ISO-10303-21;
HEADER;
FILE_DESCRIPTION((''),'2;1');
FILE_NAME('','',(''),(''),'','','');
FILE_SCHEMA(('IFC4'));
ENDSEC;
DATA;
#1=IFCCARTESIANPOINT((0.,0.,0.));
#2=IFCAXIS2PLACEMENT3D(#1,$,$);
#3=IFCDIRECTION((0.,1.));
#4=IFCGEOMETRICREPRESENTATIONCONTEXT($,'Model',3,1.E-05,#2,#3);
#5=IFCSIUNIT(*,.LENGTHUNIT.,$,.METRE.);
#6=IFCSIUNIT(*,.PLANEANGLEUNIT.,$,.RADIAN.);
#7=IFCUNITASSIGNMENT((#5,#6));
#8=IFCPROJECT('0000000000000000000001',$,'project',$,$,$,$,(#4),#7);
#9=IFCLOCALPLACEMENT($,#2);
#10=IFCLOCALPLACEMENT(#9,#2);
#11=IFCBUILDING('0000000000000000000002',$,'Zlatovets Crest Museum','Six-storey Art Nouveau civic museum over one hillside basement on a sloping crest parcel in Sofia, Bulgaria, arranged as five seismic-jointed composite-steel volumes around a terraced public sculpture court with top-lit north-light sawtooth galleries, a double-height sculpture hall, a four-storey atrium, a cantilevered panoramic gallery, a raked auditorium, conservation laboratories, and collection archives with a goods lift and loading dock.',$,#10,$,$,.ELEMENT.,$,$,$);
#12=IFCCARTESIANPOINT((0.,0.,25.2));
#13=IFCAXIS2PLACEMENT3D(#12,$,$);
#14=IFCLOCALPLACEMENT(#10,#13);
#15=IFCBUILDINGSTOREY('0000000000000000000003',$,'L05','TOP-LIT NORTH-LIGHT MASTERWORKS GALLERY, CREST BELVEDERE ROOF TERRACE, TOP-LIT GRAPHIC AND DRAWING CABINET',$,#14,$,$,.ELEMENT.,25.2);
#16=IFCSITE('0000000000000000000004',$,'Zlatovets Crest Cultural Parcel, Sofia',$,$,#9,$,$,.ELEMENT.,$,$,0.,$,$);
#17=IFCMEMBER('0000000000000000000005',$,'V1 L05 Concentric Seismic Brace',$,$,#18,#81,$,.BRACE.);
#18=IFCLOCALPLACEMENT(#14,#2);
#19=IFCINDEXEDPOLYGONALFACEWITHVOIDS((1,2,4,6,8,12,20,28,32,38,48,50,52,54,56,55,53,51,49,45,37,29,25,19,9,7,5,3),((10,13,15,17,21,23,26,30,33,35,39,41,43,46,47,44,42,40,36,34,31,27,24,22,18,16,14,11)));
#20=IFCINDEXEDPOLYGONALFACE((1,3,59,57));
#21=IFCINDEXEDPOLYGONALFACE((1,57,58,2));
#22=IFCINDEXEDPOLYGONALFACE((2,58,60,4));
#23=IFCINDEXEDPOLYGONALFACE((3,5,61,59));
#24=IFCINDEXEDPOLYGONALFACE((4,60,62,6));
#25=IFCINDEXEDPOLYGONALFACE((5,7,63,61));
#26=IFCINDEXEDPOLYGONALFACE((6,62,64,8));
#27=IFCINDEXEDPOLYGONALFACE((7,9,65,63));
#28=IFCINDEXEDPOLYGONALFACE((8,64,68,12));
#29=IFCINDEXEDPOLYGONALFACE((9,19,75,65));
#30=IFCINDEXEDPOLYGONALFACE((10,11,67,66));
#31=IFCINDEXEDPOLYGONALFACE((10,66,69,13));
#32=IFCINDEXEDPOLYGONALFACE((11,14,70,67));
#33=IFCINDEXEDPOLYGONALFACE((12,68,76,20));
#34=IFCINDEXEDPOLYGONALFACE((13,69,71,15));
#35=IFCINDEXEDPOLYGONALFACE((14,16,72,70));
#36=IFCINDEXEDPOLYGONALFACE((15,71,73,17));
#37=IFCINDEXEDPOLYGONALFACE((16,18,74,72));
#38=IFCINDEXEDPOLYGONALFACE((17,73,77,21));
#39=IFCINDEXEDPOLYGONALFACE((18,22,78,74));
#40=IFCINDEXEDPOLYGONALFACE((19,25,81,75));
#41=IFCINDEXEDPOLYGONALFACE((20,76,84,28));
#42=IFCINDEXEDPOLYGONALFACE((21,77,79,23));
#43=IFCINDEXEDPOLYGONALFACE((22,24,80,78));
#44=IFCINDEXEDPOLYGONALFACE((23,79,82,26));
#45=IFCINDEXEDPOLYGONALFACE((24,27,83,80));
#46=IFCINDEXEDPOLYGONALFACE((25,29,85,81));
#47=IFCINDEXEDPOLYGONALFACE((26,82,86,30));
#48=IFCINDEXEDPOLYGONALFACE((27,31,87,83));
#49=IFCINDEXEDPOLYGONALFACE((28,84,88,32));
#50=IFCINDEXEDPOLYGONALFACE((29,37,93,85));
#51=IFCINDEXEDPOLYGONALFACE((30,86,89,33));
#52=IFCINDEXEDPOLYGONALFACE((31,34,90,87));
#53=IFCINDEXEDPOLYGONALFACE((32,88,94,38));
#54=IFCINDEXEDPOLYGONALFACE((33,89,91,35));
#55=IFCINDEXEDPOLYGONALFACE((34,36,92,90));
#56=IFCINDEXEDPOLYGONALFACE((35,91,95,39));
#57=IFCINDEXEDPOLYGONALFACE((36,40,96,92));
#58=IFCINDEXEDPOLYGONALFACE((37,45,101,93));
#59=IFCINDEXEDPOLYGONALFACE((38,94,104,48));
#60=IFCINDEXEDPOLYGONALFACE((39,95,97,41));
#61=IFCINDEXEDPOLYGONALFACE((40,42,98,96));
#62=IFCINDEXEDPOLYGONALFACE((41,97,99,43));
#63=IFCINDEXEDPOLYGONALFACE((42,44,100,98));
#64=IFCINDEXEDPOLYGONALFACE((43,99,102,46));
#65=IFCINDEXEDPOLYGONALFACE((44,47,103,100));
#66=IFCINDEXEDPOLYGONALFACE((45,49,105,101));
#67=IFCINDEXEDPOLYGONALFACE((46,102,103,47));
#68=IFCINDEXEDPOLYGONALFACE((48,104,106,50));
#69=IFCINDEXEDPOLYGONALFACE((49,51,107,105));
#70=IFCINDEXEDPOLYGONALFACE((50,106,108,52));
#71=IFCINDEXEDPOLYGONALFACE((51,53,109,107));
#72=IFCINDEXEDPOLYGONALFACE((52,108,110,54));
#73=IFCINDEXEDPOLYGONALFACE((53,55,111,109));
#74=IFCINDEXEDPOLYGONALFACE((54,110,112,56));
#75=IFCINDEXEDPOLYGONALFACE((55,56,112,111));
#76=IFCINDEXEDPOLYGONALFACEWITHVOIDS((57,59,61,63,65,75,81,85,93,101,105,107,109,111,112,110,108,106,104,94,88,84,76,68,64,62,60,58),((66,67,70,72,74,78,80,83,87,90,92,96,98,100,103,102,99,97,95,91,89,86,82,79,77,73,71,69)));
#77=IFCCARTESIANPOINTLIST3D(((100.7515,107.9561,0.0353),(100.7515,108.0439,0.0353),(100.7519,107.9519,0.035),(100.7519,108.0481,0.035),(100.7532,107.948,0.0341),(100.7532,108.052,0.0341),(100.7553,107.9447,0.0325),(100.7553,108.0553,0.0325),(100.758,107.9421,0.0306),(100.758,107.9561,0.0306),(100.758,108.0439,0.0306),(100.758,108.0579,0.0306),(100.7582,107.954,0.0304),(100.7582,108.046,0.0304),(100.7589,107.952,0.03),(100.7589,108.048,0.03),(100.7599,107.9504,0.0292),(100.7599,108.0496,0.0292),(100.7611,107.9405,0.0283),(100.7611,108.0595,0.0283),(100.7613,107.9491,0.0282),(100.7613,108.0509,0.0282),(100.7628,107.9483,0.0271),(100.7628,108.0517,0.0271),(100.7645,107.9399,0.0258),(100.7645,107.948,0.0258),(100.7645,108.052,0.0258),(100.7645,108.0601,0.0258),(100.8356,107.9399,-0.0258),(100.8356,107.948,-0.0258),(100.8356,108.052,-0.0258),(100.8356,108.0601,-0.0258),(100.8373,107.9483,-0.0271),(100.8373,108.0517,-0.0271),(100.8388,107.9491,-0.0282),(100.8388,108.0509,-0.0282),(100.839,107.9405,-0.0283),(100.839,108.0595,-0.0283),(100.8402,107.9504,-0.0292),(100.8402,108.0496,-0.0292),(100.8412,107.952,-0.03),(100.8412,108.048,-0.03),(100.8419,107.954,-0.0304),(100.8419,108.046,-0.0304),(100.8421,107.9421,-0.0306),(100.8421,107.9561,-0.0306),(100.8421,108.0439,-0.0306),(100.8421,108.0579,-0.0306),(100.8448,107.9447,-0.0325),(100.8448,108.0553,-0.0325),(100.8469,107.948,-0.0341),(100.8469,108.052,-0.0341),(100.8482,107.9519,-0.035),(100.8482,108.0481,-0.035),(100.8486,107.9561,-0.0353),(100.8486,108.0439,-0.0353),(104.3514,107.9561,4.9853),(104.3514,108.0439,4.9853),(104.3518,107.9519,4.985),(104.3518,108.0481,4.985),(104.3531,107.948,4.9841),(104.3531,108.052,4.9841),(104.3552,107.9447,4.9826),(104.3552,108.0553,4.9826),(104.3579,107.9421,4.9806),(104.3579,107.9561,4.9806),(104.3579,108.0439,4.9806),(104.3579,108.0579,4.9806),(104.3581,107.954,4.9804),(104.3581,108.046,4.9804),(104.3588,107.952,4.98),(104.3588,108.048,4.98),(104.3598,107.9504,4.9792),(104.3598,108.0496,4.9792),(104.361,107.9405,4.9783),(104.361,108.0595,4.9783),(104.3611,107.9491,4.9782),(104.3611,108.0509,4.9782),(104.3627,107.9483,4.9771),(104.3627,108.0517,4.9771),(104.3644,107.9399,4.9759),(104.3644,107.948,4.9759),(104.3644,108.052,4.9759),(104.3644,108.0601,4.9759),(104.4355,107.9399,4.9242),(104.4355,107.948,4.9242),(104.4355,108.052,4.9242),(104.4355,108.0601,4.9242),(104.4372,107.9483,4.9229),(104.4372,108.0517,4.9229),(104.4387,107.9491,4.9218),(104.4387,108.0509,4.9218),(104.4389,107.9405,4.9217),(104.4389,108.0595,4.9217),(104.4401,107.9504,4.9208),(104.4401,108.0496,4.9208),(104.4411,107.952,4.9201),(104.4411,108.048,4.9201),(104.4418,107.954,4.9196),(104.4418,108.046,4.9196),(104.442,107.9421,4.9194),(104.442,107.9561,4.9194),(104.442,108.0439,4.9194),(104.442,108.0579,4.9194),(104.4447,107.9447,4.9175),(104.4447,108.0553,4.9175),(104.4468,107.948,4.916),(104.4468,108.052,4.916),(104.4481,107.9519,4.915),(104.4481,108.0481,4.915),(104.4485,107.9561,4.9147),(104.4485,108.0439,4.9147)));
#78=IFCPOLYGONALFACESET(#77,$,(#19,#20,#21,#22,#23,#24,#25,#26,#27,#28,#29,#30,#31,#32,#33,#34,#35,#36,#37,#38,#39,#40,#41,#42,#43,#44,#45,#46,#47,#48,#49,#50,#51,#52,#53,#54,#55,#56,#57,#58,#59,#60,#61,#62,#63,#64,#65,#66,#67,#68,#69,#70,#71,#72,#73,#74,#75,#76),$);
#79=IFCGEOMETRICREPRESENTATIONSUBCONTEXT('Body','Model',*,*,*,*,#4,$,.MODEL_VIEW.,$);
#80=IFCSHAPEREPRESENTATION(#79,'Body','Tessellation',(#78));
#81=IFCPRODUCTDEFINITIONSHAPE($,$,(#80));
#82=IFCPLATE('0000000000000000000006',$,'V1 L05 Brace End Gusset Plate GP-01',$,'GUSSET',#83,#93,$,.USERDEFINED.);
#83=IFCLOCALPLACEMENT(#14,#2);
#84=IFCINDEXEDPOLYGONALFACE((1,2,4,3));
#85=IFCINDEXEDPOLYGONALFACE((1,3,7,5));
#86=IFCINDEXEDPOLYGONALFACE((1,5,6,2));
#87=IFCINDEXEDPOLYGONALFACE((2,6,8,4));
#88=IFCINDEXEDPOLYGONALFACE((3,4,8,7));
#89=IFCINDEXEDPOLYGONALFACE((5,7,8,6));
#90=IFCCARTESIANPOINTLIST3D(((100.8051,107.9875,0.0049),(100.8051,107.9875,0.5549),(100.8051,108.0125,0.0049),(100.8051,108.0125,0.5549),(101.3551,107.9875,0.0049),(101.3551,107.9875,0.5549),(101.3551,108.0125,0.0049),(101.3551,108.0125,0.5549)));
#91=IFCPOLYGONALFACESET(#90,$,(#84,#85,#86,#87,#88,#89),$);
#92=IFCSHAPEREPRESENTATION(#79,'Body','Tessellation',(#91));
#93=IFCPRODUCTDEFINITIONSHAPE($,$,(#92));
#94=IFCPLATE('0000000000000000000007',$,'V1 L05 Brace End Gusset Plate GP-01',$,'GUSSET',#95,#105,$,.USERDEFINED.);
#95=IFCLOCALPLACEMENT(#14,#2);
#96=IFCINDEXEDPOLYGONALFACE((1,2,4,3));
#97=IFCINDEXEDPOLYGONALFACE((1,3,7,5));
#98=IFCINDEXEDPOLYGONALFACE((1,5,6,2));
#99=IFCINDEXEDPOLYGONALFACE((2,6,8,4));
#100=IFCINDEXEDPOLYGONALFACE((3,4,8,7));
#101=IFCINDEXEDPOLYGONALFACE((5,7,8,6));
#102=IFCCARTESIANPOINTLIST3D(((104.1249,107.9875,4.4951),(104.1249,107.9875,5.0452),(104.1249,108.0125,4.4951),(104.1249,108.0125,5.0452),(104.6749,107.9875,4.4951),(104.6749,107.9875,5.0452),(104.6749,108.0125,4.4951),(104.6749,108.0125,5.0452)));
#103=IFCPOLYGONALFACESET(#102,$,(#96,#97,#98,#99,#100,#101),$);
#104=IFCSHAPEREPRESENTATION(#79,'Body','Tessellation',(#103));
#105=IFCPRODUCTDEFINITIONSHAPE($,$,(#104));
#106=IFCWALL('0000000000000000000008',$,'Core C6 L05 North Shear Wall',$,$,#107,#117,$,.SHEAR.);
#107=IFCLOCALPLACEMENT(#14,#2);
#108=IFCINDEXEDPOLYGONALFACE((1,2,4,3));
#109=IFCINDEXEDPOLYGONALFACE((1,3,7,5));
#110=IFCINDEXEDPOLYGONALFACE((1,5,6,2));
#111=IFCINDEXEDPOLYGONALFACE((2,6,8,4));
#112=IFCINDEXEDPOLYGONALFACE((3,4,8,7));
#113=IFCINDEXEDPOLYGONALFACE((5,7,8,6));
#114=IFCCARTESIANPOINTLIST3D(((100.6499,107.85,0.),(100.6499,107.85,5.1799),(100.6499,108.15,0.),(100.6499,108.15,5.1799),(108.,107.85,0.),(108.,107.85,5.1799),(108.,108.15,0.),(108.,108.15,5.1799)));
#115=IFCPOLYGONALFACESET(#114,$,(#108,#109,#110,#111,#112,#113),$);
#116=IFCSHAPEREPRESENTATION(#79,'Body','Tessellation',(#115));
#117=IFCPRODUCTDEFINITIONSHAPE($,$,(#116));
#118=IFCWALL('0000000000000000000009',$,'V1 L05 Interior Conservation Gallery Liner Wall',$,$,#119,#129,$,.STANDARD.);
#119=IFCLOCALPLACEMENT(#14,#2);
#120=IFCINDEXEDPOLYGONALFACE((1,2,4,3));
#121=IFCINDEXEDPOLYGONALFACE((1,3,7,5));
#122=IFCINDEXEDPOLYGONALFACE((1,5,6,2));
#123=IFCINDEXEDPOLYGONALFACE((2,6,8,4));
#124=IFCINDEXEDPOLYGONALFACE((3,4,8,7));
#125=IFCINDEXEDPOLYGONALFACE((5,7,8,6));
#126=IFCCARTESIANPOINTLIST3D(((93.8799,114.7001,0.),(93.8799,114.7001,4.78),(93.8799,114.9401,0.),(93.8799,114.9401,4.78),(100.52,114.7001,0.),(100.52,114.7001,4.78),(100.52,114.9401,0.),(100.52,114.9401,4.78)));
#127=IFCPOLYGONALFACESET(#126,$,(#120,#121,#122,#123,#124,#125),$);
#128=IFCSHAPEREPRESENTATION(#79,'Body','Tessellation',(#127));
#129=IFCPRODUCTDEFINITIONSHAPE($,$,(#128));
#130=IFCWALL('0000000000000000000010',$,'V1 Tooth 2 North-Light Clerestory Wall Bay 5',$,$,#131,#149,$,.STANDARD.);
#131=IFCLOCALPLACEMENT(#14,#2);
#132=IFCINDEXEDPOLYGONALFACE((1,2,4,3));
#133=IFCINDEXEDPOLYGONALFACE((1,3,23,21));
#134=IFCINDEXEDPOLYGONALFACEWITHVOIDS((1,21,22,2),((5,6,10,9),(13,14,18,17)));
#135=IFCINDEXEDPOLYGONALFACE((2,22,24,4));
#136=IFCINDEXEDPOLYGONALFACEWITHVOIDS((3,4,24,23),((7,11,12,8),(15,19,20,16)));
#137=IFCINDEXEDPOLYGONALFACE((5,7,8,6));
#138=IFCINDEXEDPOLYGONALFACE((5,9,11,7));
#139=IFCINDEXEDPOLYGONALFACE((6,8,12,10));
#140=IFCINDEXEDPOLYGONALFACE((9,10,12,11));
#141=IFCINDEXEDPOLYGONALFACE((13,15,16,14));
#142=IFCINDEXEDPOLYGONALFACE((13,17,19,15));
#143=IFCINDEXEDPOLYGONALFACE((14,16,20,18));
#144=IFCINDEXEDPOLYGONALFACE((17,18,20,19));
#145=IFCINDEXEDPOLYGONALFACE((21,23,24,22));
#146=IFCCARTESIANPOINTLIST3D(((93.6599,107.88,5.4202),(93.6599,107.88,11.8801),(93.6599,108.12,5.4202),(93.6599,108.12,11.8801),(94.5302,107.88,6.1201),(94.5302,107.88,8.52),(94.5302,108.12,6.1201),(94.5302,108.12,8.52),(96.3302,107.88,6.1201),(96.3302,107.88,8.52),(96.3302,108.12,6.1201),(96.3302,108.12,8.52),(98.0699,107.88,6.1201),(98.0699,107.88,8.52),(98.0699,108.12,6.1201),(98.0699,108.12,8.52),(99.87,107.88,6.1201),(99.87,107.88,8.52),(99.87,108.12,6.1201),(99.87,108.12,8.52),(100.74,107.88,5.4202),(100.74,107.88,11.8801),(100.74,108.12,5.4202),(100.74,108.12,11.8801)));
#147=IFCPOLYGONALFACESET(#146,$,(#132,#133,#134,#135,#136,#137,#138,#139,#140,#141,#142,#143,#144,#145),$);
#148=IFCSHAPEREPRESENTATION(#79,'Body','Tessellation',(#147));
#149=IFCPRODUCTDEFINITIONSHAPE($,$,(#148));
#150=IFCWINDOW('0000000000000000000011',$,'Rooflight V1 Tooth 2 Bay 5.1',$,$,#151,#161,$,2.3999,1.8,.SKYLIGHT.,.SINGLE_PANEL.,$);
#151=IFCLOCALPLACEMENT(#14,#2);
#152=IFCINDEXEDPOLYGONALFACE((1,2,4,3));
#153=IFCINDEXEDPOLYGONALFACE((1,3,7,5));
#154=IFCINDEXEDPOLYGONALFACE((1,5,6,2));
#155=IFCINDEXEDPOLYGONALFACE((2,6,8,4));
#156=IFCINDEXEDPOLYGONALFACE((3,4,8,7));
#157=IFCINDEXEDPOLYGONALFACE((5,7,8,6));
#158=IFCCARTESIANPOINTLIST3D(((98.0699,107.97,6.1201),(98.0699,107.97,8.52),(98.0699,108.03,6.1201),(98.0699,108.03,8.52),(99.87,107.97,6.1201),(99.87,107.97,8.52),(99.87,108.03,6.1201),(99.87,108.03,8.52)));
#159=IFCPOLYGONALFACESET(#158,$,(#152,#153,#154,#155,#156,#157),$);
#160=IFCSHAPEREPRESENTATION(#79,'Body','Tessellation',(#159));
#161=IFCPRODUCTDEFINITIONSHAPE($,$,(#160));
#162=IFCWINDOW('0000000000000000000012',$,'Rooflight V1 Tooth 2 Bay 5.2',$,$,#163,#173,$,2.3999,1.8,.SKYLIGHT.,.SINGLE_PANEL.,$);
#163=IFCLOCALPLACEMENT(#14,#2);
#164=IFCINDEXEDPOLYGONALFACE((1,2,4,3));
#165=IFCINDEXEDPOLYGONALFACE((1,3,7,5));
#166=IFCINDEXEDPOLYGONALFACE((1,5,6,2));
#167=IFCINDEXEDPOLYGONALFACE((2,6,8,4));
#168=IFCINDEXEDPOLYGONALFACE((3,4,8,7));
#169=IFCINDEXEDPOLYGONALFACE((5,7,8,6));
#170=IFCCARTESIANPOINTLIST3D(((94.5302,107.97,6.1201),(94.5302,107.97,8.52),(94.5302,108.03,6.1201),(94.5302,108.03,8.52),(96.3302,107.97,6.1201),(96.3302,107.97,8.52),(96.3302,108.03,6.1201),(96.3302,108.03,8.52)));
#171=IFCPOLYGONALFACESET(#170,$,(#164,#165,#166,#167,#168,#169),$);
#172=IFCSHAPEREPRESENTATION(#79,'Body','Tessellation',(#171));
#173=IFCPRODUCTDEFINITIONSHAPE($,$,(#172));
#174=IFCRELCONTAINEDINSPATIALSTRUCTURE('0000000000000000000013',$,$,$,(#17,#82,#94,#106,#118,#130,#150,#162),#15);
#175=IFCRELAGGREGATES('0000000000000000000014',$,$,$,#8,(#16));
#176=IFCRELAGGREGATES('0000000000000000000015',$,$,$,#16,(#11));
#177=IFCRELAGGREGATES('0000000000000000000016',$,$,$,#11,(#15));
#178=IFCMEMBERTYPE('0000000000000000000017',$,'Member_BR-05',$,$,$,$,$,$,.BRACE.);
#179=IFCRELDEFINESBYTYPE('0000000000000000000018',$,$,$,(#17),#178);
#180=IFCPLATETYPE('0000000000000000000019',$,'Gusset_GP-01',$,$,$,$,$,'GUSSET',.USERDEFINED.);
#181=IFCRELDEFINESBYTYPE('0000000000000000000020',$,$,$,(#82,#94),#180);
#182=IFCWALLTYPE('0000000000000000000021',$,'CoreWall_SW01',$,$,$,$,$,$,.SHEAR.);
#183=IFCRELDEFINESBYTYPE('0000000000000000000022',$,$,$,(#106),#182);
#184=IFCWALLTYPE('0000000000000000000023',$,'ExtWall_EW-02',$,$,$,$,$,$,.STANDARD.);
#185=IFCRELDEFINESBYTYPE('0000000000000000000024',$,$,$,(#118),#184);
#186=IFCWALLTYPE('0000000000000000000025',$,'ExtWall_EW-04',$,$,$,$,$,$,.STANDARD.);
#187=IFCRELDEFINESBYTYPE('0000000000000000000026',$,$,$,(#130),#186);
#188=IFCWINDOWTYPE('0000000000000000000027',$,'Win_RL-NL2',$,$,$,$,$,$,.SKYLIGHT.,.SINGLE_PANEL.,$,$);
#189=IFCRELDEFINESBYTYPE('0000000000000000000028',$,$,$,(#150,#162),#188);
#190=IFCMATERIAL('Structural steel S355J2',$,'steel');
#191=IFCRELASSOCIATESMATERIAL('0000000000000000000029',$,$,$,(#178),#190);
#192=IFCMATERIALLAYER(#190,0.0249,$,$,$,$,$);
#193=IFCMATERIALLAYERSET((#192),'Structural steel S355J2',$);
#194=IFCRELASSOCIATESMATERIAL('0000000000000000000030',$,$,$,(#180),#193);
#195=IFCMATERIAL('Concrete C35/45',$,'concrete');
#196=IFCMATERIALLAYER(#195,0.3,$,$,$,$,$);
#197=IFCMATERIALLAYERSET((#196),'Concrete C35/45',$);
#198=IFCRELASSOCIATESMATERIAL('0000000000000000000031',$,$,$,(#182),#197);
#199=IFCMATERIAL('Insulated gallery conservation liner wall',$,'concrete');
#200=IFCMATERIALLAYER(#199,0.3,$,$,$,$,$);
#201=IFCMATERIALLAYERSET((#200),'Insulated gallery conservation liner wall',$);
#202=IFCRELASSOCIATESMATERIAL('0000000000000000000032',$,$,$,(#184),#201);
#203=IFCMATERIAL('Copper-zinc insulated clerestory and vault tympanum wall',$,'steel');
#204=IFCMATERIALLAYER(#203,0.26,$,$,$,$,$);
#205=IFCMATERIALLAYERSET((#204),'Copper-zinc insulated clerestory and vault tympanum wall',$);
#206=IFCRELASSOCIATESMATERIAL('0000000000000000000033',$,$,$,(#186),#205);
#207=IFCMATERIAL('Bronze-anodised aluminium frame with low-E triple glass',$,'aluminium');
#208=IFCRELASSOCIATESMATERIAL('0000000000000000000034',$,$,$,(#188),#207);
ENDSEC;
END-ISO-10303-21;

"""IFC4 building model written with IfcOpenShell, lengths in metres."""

from ifc_helpers import new_model, si_unit, direction, frame, frame_2d, origin, origin_2d, place, context, subcontext, project, spatial, rectangle, hollow_rectangle, extrude, material, layer, layer_set, material_profile, profile_set, type_object, element, fill, save


model = new_model("IFC4")

# Units and contexts
model_context = context("Model", 3, precision=1e-05, world=origin(), true_north=direction((0.0, 1.0)))
body_context = subcontext(model_context, "Body", "Model", "MODEL_VIEW")
ifc_project = project(units=[si_unit("LENGTHUNIT", "METRE"), si_unit("PLANEANGLEUNIT", "RADIAN")], contexts=[model_context])

# Site, building, storey
site_placement = place(None, origin())
site = spatial("IfcSite", under=ifc_project, at=site_placement, Name="Zlatovets Crest Cultural Parcel, Sofia", CompositionType="ELEMENT", RefElevation=0.0)
building_placement = place(site_placement, origin())
building = spatial("IfcBuilding", under=site, at=building_placement, Name="Zlatovets Crest Museum", Description="Six-storey Art Nouveau civic museum over one hillside basement on a sloping crest parcel in Sofia, Bulgaria, arranged as five seismic-jointed composite-steel volumes around a terraced public sculpture court with top-lit north-light sawtooth galleries, a double-height sculpture hall, a four-storey atrium, a cantilevered panoramic gallery, a raked auditorium, conservation laboratories, and collection archives with a goods lift and loading dock.", CompositionType="ELEMENT")
storey_placement = place(building_placement, frame((0.0, 0.0, 25.2)))
storey = spatial("IfcBuildingStorey", under=building, at=storey_placement, Name="L05", Description="TOP-LIT NORTH-LIGHT MASTERWORKS GALLERY, CREST BELVEDERE ROOF TERRACE, TOP-LIT GRAPHIC AND DRAWING CABINET", CompositionType="ELEMENT", Elevation=25.2)

# Shared definitions
ifc_material_1 = material(Name="Structural steel S355J2", Category="steel")

# Member
ifc_material_profile_1 = material_profile(ifc_material_1, hollow_rectangle(XDim=0.1201, YDim=0.1201, WallThickness=0.0081, InnerFilletRadius=0.0081, OuterFilletRadius=0.0161, at=origin_2d()), Name="SHS 120x120x8.0")
ifc_profile_set_1 = profile_set([ifc_material_profile_1], Name="Structural steel S355J2")
member_type = type_object("IfcMemberType", Name="Member_BR-05", PredefinedType="BRACE", material=ifc_profile_set_1)
member_placement = place(storey_placement, frame((100.8, 108.0, 0.0), z_axis=(0.58816, 0.0, 0.808745), x_axis=(0.0, 1.0, 0.0)))
element("IfcMember", 1, at=member_placement, inside=storey, type_object=member_type, Name="V1 L05 Concentric Seismic Brace", PredefinedType="BRACE", context=body_context, shape_type="SweptSolid", body=[
    extrude(hollow_rectangle(XDim=0.1201, YDim=0.1201, WallThickness=0.0081, InnerFilletRadius=0.0081, OuterFilletRadius=0.0161, at=origin_2d()), origin(), (0.0, 0.0, 1.0), 6.1206),
])

# Plates
ifc_layer_1 = layer(ifc_material_1, 0.0249)
ifc_layer_set_1 = layer_set([ifc_layer_1], Name="Structural steel S355J2")
plate_type = type_object("IfcPlateType", Name="Gusset_GP-01", ElementType="GUSSET", PredefinedType="USERDEFINED", material=ifc_layer_set_1)
for number, where, z_axis, x_axis, name in (
    (2, (101.0801, 108.0, 0.0049), (0.0, 0.0, 1.0), (1.0, 0.0, 0.0), "V1 L05 Brace End Gusset Plate GP-01"),
    (3, (104.3999, 108.0, 4.4951), (0.0, 0.0, 1.0), (1.0, 0.0, 0.0), "V1 L05 Brace End Gusset Plate GP-01"),
):
    element("IfcPlate", number, at=place(storey_placement, frame(where, z_axis=z_axis, x_axis=x_axis)), inside=storey, type_object=plate_type, Name=name, ObjectType="GUSSET", PredefinedType="USERDEFINED", context=body_context, shape_type="SweptSolid", body=[
        extrude(rectangle(XDim=0.55, YDim=0.0249, at=origin_2d()), origin(), (0.0, 0.0, 1.0), 0.55),
    ])

# Walls
ifc_material_2 = material(Name="Concrete C35/45", Category="concrete")
ifc_layer_2 = layer(ifc_material_2, 0.3)
ifc_layer_set_2 = layer_set([ifc_layer_2], Name="Concrete C35/45")
wall_type_1 = type_object("IfcWallType", Name="CoreWall_SW01", PredefinedType="SHEAR", material=ifc_layer_set_2)
wall_1_placement = place(storey_placement, frame((100.6499, 108.0, 0.0), z_axis=(0.0, 0.0, 1.0), x_axis=(1.0, 0.0, 0.0)))
element("IfcWall", 4, at=wall_1_placement, inside=storey, type_object=wall_type_1, Name="Core C6 L05 North Shear Wall", PredefinedType="SHEAR", context=body_context, shape_type="SweptSolid", body=[
    extrude(rectangle(XDim=7.3501, YDim=0.3, at=frame_2d((3.675, 0.0))), origin(), (0.0, 0.0, 1.0), 5.1799),
])
ifc_material_3 = material(Name="Insulated gallery conservation liner wall", Category="concrete")
ifc_layer_3 = layer(ifc_material_3, 0.3)
ifc_layer_set_3 = layer_set([ifc_layer_3], Name="Insulated gallery conservation liner wall")
wall_type_2 = type_object("IfcWallType", Name="ExtWall_EW-02", PredefinedType="STANDARD", material=ifc_layer_set_3)
wall_2_placement = place(storey_placement, frame((100.52, 114.8201, 0.0), z_axis=(0.0, 0.0, 1.0), x_axis=(-1.0, 0.0, 0.0)))
element("IfcWall", 5, at=wall_2_placement, inside=storey, type_object=wall_type_2, Name="V1 L05 Interior Conservation Gallery Liner Wall", PredefinedType="STANDARD", context=body_context, shape_type="SweptSolid", body=[
    extrude(rectangle(XDim=6.6401, YDim=0.24, at=frame_2d((3.3201, 0.0))), origin(), (0.0, 0.0, 1.0), 4.78),
])

# Wall, openings, windows
ifc_material_4 = material(Name="Copper-zinc insulated clerestory and vault tympanum wall", Category="steel")
ifc_layer_4 = layer(ifc_material_4, 0.26)
ifc_layer_set_4 = layer_set([ifc_layer_4], Name="Copper-zinc insulated clerestory and vault tympanum wall")
wall_type_3 = type_object("IfcWallType", Name="ExtWall_EW-04", PredefinedType="STANDARD", material=ifc_layer_set_4)
wall_3_placement = place(storey_placement, frame((100.74, 108.0, 5.4202), z_axis=(0.0, 0.0, 1.0), x_axis=(-1.0, 0.0, 0.0)))
wall_3 = element("IfcWall", 6, at=wall_3_placement, inside=storey, type_object=wall_type_3, Name="V1 Tooth 2 North-Light Clerestory Wall Bay 5", PredefinedType="STANDARD", context=body_context, shape_type="SweptSolid", body=[
    extrude(rectangle(XDim=7.0801, YDim=0.24, at=frame_2d((3.54, 0.0))), origin(), (0.0, 0.0, 1.0), 6.46),
])
opening_1_placement = place(wall_3_placement, frame((0.8701, 0.0, 0.7)))
opening_1 = element("IfcOpeningElement", 7, at=opening_1_placement, cuts=wall_3, PredefinedType="OPENING", context=body_context, shape_type="SweptSolid", body=[
    extrude(rectangle(XDim=1.8, YDim=2.3999, at=frame_2d((0.8999, 1.2))), frame((0.0, 0.1299, 0.0), z_axis=(0.0, -1.0, 0.0), x_axis=(1.0, 0.0, 0.0)), (0.0, 0.0, 1.0), 0.26),
])
opening_2_placement = place(wall_3_placement, frame((4.4099, 0.0, 0.7)))
opening_2 = element("IfcOpeningElement", 8, at=opening_2_placement, cuts=wall_3, PredefinedType="OPENING", context=body_context, shape_type="SweptSolid", body=[
    extrude(rectangle(XDim=1.8, YDim=2.3999, at=frame_2d((0.8999, 1.2))), frame((0.0, 0.1299, 0.0), z_axis=(0.0, -1.0, 0.0), x_axis=(1.0, 0.0, 0.0)), (0.0, 0.0, 1.0), 0.26),
])
ifc_material_5 = material(Name="Bronze-anodised aluminium frame with low-E triple glass", Category="aluminium")
window_type_1 = type_object("IfcWindowType", Name="Win_RL-NL2", PartitioningType="SINGLE_PANEL", PredefinedType="SKYLIGHT", material=ifc_material_5)
window_1_placement = place(opening_1_placement, origin())
window_1 = element("IfcWindow", 9, at=window_1_placement, inside=storey, type_object=window_type_1, Name="Rooflight V1 Tooth 2 Bay 5.1", OverallHeight=2.3999, OverallWidth=1.8, PartitioningType="SINGLE_PANEL", PredefinedType="SKYLIGHT", context=body_context, shape_type="SweptSolid", body=[
    extrude(rectangle(XDim=1.8, YDim=2.3999, at=frame_2d((0.8999, 1.2))), frame((0.0, 0.03, 0.0), z_axis=(0.0, -1.0, 0.0), x_axis=(1.0, 0.0, 0.0)), (0.0, 0.0, 1.0), 0.0601),
])
fill(opening_1, window_1)
window_2_placement = place(opening_2_placement, origin())
window_2 = element("IfcWindow", 10, at=window_2_placement, inside=storey, type_object=window_type_1, Name="Rooflight V1 Tooth 2 Bay 5.2", OverallHeight=2.3999, OverallWidth=1.8, PartitioningType="SINGLE_PANEL", PredefinedType="SKYLIGHT", context=body_context, shape_type="SweptSolid", body=[
    extrude(rectangle(XDim=1.8, YDim=2.3999, at=frame_2d((0.8999, 1.2))), frame((0.0, 0.03, 0.0), z_axis=(0.0, -1.0, 0.0), x_axis=(1.0, 0.0, 0.0)), (0.0, 0.0, 1.0), 0.0601),
])
fill(opening_2, window_2)

save(model, "model.ifc")
